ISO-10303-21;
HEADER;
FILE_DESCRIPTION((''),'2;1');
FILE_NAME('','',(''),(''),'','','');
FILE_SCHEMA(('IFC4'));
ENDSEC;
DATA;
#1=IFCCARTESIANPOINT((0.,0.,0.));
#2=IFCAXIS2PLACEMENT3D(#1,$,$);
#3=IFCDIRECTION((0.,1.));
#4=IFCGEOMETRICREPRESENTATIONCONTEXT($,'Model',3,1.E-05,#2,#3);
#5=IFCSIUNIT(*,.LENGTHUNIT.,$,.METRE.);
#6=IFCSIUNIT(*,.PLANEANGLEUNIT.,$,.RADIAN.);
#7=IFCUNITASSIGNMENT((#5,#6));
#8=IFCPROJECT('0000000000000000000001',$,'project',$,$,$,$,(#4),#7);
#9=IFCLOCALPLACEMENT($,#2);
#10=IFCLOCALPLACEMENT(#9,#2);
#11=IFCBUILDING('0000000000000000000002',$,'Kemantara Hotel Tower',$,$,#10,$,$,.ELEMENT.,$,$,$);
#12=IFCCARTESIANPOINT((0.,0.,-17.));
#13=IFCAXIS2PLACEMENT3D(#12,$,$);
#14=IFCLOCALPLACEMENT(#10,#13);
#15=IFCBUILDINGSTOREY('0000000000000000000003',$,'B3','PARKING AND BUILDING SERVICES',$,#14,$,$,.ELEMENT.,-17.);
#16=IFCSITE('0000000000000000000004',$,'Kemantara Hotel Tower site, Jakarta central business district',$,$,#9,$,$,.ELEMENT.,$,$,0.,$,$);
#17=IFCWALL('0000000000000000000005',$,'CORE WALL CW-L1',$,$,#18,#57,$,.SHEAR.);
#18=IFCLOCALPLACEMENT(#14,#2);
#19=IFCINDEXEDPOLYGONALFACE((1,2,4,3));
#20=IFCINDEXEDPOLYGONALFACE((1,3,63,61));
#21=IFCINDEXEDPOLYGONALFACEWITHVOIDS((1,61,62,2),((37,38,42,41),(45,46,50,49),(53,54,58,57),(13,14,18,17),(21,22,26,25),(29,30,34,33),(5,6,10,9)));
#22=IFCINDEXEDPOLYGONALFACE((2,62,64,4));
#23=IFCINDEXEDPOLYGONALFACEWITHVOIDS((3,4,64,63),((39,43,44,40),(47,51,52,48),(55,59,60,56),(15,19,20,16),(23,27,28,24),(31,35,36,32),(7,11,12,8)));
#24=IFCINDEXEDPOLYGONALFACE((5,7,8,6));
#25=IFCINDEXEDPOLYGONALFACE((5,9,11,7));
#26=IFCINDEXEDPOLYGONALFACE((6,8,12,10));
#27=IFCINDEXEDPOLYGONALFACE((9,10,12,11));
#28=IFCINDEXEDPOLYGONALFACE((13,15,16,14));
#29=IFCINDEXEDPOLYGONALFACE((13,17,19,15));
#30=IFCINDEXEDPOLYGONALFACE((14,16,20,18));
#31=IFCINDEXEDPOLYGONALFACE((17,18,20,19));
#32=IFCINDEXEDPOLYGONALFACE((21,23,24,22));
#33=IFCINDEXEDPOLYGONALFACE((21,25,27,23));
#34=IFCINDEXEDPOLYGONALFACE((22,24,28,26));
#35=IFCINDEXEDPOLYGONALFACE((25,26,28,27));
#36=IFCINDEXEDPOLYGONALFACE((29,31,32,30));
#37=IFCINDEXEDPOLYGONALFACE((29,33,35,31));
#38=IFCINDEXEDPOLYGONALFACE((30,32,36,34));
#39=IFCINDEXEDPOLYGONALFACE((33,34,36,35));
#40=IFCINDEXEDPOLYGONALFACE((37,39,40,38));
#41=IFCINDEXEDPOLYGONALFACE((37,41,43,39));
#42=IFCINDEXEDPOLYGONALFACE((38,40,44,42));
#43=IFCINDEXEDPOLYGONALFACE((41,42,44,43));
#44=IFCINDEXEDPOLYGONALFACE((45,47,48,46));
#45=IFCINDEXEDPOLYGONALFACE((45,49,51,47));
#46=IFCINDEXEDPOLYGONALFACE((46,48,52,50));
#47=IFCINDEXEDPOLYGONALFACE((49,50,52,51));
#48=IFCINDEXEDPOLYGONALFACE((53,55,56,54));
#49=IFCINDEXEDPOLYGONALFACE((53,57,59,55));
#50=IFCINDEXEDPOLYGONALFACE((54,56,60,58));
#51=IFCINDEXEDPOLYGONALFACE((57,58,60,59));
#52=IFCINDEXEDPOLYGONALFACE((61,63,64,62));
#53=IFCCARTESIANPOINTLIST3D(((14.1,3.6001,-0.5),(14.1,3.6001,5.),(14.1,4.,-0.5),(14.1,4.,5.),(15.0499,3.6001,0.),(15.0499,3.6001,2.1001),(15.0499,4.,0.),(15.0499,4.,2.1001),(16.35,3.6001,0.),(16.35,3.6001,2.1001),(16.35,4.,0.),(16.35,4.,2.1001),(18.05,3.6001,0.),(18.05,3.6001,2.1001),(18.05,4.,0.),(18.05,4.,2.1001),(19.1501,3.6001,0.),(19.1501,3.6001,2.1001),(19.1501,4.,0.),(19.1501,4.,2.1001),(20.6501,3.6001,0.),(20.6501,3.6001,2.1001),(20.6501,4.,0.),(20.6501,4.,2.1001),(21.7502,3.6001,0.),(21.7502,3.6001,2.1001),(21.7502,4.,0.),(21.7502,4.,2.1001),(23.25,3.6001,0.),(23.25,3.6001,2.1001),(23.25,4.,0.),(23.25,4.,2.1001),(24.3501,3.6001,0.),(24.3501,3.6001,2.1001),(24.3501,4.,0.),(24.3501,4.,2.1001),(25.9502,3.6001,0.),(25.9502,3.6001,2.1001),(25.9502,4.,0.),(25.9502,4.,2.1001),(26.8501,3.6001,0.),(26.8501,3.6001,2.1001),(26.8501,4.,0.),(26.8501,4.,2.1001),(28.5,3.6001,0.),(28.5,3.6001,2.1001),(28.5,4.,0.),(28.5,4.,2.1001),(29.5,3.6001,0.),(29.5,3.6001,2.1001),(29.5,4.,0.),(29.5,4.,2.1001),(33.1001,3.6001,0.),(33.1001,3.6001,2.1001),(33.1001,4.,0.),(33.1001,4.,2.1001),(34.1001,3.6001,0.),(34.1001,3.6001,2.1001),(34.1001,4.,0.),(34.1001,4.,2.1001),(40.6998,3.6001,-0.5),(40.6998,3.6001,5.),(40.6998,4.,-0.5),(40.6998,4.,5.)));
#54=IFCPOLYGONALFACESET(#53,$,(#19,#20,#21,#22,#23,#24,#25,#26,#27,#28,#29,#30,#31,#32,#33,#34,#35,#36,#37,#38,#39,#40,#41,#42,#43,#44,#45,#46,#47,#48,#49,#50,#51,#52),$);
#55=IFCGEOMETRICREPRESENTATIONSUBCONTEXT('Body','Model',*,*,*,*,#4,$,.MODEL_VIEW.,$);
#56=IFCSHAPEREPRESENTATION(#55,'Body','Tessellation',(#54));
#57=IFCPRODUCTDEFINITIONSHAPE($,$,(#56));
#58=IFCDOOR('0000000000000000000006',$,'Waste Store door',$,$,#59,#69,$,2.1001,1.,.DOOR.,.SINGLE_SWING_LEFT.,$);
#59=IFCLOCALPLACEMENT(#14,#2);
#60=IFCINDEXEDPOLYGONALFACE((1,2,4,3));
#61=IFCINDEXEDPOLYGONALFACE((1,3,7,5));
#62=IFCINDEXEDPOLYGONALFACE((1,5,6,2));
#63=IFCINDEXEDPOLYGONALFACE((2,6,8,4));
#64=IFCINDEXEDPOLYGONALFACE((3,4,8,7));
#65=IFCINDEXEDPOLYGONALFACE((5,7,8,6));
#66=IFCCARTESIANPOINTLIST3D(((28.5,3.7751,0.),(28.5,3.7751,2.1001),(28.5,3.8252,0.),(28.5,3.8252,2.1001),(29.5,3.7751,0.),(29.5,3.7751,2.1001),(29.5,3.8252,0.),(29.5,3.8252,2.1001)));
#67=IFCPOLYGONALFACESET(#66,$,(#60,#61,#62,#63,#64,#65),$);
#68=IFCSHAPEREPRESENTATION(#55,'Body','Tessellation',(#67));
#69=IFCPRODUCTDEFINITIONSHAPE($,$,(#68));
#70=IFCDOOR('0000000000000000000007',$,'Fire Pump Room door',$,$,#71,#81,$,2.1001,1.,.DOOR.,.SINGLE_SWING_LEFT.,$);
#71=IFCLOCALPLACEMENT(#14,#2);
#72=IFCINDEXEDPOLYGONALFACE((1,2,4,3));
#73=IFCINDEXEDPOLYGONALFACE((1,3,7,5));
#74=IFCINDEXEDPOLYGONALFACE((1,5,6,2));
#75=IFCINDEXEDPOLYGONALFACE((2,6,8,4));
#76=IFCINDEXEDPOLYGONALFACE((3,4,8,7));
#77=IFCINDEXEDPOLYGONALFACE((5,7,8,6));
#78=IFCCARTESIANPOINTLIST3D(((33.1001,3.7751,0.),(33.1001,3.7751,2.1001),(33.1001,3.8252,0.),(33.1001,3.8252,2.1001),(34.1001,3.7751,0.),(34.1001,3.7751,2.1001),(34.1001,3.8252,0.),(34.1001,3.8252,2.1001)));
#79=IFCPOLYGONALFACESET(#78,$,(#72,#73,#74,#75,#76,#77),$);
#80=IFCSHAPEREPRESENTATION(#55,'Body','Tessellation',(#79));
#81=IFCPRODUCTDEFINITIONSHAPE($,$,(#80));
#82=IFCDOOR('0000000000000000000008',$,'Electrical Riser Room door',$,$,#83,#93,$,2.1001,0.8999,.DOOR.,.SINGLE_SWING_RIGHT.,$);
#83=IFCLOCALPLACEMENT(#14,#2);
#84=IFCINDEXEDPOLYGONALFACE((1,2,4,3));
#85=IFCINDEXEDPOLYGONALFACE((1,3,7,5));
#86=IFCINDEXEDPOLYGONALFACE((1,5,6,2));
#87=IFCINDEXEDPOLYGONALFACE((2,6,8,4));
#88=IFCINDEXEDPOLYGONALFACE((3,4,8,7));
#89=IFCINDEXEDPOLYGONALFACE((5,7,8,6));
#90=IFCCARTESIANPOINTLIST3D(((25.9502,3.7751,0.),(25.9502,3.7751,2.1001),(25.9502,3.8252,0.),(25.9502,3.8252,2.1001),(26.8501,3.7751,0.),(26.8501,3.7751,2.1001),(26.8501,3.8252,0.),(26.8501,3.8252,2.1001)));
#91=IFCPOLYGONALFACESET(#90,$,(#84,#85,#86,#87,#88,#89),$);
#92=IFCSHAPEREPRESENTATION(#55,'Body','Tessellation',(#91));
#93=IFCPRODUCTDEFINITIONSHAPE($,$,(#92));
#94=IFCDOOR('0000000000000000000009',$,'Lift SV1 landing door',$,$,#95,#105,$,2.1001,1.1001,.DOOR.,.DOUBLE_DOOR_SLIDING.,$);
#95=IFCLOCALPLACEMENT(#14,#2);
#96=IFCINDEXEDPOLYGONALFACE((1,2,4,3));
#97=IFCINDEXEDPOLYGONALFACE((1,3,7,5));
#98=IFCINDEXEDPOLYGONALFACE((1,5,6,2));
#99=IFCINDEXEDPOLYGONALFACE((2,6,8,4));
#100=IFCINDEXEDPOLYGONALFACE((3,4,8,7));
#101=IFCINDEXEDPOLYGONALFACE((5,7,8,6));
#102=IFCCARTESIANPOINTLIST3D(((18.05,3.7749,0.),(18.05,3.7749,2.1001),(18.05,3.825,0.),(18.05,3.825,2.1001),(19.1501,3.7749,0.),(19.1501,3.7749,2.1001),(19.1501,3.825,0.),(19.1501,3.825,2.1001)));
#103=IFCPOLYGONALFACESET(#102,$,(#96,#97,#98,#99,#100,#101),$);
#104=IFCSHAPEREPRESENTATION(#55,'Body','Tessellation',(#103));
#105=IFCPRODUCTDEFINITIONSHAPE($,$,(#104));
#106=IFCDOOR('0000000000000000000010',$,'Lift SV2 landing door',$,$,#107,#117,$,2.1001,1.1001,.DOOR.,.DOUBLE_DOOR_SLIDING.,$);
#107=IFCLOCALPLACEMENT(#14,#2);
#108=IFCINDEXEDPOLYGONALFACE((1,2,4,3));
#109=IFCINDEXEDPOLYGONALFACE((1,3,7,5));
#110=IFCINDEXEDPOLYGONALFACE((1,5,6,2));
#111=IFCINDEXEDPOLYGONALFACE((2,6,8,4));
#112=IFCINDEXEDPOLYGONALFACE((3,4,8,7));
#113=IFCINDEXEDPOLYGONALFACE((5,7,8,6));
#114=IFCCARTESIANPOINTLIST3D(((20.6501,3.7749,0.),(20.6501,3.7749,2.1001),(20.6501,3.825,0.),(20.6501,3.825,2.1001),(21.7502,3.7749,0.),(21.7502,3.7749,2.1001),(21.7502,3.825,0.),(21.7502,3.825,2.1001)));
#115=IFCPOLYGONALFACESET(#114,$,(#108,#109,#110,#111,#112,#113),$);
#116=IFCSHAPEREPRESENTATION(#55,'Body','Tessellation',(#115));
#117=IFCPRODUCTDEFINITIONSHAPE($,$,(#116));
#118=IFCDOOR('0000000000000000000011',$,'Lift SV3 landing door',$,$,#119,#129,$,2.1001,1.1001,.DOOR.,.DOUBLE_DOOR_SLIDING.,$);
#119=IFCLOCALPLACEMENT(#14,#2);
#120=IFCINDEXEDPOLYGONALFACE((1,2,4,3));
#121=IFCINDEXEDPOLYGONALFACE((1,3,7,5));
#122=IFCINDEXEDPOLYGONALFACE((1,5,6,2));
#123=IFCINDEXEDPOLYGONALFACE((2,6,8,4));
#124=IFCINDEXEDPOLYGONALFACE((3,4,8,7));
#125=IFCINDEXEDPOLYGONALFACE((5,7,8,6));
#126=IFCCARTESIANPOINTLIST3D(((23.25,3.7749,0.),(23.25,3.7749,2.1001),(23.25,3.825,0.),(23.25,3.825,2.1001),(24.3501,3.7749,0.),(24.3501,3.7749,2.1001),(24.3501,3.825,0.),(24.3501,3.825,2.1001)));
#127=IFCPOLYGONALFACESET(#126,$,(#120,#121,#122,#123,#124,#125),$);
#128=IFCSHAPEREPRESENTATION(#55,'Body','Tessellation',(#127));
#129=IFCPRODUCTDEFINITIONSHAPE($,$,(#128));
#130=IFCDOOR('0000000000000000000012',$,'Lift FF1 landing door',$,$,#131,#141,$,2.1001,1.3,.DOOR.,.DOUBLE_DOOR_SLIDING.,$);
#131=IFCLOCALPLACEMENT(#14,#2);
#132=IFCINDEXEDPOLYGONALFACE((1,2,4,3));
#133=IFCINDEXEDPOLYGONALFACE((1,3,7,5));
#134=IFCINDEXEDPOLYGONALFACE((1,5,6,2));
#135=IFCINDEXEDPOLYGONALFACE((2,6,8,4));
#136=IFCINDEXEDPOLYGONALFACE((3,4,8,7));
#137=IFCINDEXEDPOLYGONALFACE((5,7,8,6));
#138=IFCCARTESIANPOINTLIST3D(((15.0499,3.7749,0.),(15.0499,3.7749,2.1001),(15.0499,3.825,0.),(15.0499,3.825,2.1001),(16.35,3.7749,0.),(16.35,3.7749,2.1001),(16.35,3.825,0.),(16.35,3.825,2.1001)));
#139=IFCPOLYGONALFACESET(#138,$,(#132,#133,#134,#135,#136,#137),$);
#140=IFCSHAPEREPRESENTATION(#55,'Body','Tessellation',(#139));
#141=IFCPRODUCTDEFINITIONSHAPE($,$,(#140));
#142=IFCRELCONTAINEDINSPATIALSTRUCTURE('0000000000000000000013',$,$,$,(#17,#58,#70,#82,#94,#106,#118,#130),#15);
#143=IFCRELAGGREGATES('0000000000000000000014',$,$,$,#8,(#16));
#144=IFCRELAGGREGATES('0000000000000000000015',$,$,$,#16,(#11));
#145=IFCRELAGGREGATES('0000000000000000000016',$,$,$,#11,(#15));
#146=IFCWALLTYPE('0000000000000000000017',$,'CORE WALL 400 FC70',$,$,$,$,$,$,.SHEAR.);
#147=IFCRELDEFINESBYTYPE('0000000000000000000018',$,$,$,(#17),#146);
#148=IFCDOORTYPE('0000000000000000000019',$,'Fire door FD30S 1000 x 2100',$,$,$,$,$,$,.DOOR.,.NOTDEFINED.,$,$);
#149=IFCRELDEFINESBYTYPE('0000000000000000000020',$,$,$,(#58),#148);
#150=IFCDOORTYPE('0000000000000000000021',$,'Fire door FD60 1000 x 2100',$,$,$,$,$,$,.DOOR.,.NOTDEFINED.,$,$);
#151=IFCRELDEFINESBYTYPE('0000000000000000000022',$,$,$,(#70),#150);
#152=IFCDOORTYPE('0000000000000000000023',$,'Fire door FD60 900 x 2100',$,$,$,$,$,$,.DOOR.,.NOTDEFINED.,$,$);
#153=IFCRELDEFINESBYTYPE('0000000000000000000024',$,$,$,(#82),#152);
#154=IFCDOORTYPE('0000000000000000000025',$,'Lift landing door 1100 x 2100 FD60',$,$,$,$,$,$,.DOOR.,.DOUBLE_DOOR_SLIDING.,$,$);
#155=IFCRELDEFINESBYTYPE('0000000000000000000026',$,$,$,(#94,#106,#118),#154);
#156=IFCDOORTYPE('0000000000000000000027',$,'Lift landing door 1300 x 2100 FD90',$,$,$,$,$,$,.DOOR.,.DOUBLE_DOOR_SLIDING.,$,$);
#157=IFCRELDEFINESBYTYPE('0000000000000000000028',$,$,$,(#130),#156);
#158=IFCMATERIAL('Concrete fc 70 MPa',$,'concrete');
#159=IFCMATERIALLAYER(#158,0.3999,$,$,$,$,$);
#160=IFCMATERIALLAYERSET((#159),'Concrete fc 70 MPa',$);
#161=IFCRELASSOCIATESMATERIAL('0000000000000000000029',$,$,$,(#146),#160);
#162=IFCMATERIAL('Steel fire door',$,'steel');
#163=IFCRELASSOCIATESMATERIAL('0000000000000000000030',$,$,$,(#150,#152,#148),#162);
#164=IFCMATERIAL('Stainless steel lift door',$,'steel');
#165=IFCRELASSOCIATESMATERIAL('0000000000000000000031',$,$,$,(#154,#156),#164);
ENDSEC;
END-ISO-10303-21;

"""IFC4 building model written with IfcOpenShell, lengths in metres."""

from ifc_helpers import new_model, si_unit, direction, frame, frame_2d, origin, place, context, subcontext, project, spatial, rectangle, extrude, material, layer, layer_set, type_object, element, fill, save


model = new_model("IFC4")

# Units and contexts
model_context = context("Model", 3, precision=1e-05, world=origin(), true_north=direction((0.0, 1.0)))
body_context = subcontext(model_context, "Body", "Model", "MODEL_VIEW")
ifc_project = project(units=[si_unit("LENGTHUNIT", "METRE"), si_unit("PLANEANGLEUNIT", "RADIAN")], contexts=[model_context])

# Site, building, storey
site_placement = place(None, origin())
site = spatial("IfcSite", under=ifc_project, at=site_placement, Name="Kemantara Hotel Tower site, Jakarta central business district", CompositionType="ELEMENT", RefElevation=0.0)
building_placement = place(site_placement, origin())
building = spatial("IfcBuilding", under=site, at=building_placement, Name="Kemantara Hotel Tower", CompositionType="ELEMENT")
storey_placement = place(building_placement, frame((0.0, 0.0, -17.0)))
storey = spatial("IfcBuildingStorey", under=building, at=storey_placement, Name="B3", Description="PARKING AND BUILDING SERVICES", CompositionType="ELEMENT", Elevation=-17.0)

# Shared definitions
ifc_material_1 = material(Name="Concrete fc 70 MPa", Category="concrete")

# Shared definitions
ifc_layer_1 = layer(ifc_material_1, 0.3999)
ifc_layer_set_1 = layer_set([ifc_layer_1], Name="Concrete fc 70 MPa")
wall_type_1 = type_object("IfcWallType", Name="CORE WALL 400 FC70", PredefinedType="SHEAR", material=ifc_layer_set_1)
ifc_material_2 = material(Name="Steel fire door", Category="steel")

# Wall, openings, doors
door_type_1 = type_object("IfcDoorType", Name="Fire door FD60 1000 x 2100", OperationType="NOTDEFINED", PredefinedType="DOOR", material=ifc_material_2)
door_type_2 = type_object("IfcDoorType", Name="Fire door FD60 900 x 2100", OperationType="NOTDEFINED", PredefinedType="DOOR", material=ifc_material_2)
wall_1_placement = place(storey_placement, frame((14.1001, 3.8, -0.5), z_axis=(0.0, 0.0, 1.0), x_axis=(1.0, 0.0, 0.0)))
wall_1 = element("IfcWall", 1, at=wall_1_placement, inside=storey, type_object=wall_type_1, Name="CORE WALL CW-L1", PredefinedType="SHEAR", context=body_context, shape_type="SweptSolid", body=[
    extrude(rectangle(XDim=26.5999, YDim=0.3999, at=frame_2d((13.2998, 0.0))), origin(), (0.0, 0.0, 1.0), 5.5),
])
opening_1_placement = place(wall_1_placement, frame((0.95, 0.0, 0.5)))
opening_1 = element("IfcOpeningElement", 2, at=opening_1_placement, cuts=wall_1, PredefinedType="OPENING", context=body_context, shape_type="SweptSolid", body=[
    extrude(rectangle(XDim=1.3, YDim=2.1001, at=frame_2d((0.6499, 1.05))), frame((0.0, 0.21, 0.0), z_axis=(0.0, -1.0, 0.0), x_axis=(1.0, 0.0, 0.0)), (0.0, 0.0, 1.0), 0.4199),
])
opening_2_placement = place(wall_1_placement, frame((3.95, 0.0, 0.5)))
opening_2 = element("IfcOpeningElement", 3, at=opening_2_placement, cuts=wall_1, PredefinedType="OPENING", context=body_context, shape_type="SweptSolid", body=[
    extrude(rectangle(XDim=1.1001, YDim=2.1001, at=frame_2d((0.55, 1.05))), frame((0.0, 0.21, 0.0), z_axis=(0.0, -1.0, 0.0), x_axis=(1.0, 0.0, 0.0)), (0.0, 0.0, 1.0), 0.4199),
])
opening_3_placement = place(wall_1_placement, frame((6.55, 0.0, 0.5)))
opening_3 = element("IfcOpeningElement", 4, at=opening_3_placement, cuts=wall_1, PredefinedType="OPENING", context=body_context, shape_type="SweptSolid", body=[
    extrude(rectangle(XDim=1.1001, YDim=2.1001, at=frame_2d((0.55, 1.05))), frame((0.0, 0.21, 0.0), z_axis=(0.0, -1.0, 0.0), x_axis=(1.0, 0.0, 0.0)), (0.0, 0.0, 1.0), 0.4199),
])
opening_4_placement = place(wall_1_placement, frame((9.1499, 0.0, 0.5)))
opening_4 = element("IfcOpeningElement", 5, at=opening_4_placement, cuts=wall_1, PredefinedType="OPENING", context=body_context, shape_type="SweptSolid", body=[
    extrude(rectangle(XDim=1.1001, YDim=2.1001, at=frame_2d((0.55, 1.05))), frame((0.0, 0.21, 0.0), z_axis=(0.0, -1.0, 0.0), x_axis=(1.0, 0.0, 0.0)), (0.0, 0.0, 1.0), 0.4199),
])
opening_5_placement = place(wall_1_placement, frame((11.8501, 0.0, 0.5)))
opening_5 = element("IfcOpeningElement", 6, at=opening_5_placement, cuts=wall_1, PredefinedType="OPENING", context=body_context, shape_type="SweptSolid", body=[
    extrude(rectangle(XDim=0.8999, YDim=2.1001, at=frame_2d((0.45, 1.05))), frame((0.0, 0.21, 0.0), z_axis=(0.0, -1.0, 0.0), x_axis=(1.0, 0.0, 0.0)), (0.0, 0.0, 1.0), 0.4199),
])
opening_6_placement = place(wall_1_placement, frame((14.3999, 0.0, 0.5)))
opening_6 = element("IfcOpeningElement", 7, at=opening_6_placement, cuts=wall_1, PredefinedType="OPENING", context=body_context, shape_type="SweptSolid", body=[
    extrude(rectangle(XDim=1.0, YDim=2.1001, at=frame_2d((0.5, 1.05))), frame((0.0, 0.21, 0.0), z_axis=(0.0, -1.0, 0.0), x_axis=(1.0, 0.0, 0.0)), (0.0, 0.0, 1.0), 0.4199),
])
opening_7_placement = place(wall_1_placement, frame((19.0, 0.0, 0.5)))
opening_7 = element("IfcOpeningElement", 8, at=opening_7_placement, cuts=wall_1, PredefinedType="OPENING", context=body_context, shape_type="SweptSolid", body=[
    extrude(rectangle(XDim=1.0, YDim=2.1001, at=frame_2d((0.5, 1.05))), frame((0.0, 0.21, 0.0), z_axis=(0.0, -1.0, 0.0), x_axis=(1.0, 0.0, 0.0)), (0.0, 0.0, 1.0), 0.4199),
])
door_type_3 = type_object("IfcDoorType", Name="Fire door FD30S 1000 x 2100", OperationType="NOTDEFINED", PredefinedType="DOOR", material=ifc_material_2)
door_1_placement = place(opening_6_placement, frame((1.0, 0.0, 0.0), z_axis=(0.0, 0.0, 1.0), x_axis=(-1.0, 0.0, 0.0)))
door_1 = element("IfcDoor", 9, at=door_1_placement, inside=storey, type_object=door_type_3, Name="Waste Store door", OperationType="SINGLE_SWING_LEFT", OverallHeight=2.1001, OverallWidth=1.0, PredefinedType="DOOR", context=body_context, shape_type="SweptSolid", body=[
    extrude(rectangle(XDim=1.0, YDim=2.1001, at=frame_2d((0.5, 1.05))), frame((0.0, 0.0249, 0.0), z_axis=(0.0, -1.0, 0.0), x_axis=(1.0, 0.0, 0.0)), (0.0, 0.0, 1.0), 0.05),
])
fill(opening_6, door_1)
door_2_placement = place(opening_7_placement, frame((1.0, 0.0, 0.0), z_axis=(0.0, 0.0, 1.0), x_axis=(-1.0, 0.0, 0.0)))
door_2 = element("IfcDoor", 10, at=door_2_placement, inside=storey, type_object=door_type_1, Name="Fire Pump Room door", OperationType="SINGLE_SWING_LEFT", OverallHeight=2.1001, OverallWidth=1.0, PredefinedType="DOOR", context=body_context, shape_type="SweptSolid", body=[
    extrude(rectangle(XDim=1.0, YDim=2.1001, at=frame_2d((0.5, 1.05))), frame((0.0, 0.0249, 0.0), z_axis=(0.0, -1.0, 0.0), x_axis=(1.0, 0.0, 0.0)), (0.0, 0.0, 1.0), 0.05),
])
fill(opening_7, door_2)
door_3_placement = place(opening_5_placement, frame((0.8999, 0.0, 0.0), z_axis=(0.0, 0.0, 1.0), x_axis=(-1.0, 0.0, 0.0)))
door_3 = element("IfcDoor", 11, at=door_3_placement, inside=storey, type_object=door_type_2, Name="Electrical Riser Room door", OperationType="SINGLE_SWING_RIGHT", OverallHeight=2.1001, OverallWidth=0.8999, PredefinedType="DOOR", context=body_context, shape_type="SweptSolid", body=[
    extrude(rectangle(XDim=0.8999, YDim=2.1001, at=frame_2d((0.45, 1.05))), frame((0.0, 0.0249, 0.0), z_axis=(0.0, -1.0, 0.0), x_axis=(1.0, 0.0, 0.0)), (0.0, 0.0, 1.0), 0.05),
])
fill(opening_5, door_3)
ifc_material_3 = material(Name="Stainless steel lift door", Category="steel")
door_type_4 = type_object("IfcDoorType", Name="Lift landing door 1100 x 2100 FD60", OperationType="DOUBLE_DOOR_SLIDING", PredefinedType="DOOR", material=ifc_material_3)
door_4_placement = place(opening_2_placement, origin())
door_4 = element("IfcDoor", 12, at=door_4_placement, inside=storey, type_object=door_type_4, Name="Lift SV1 landing door", OperationType="DOUBLE_DOOR_SLIDING", OverallHeight=2.1001, OverallWidth=1.1001, PredefinedType="DOOR", context=body_context, shape_type="SweptSolid", body=[
    extrude(rectangle(XDim=1.1001, YDim=2.1001, at=frame_2d((0.55, 1.05))), frame((0.0, 0.0249, 0.0), z_axis=(0.0, -1.0, 0.0), x_axis=(1.0, 0.0, 0.0)), (0.0, 0.0, 1.0), 0.05),
])
fill(opening_2, door_4)
door_5_placement = place(opening_3_placement, origin())
door_5 = element("IfcDoor", 13, at=door_5_placement, inside=storey, type_object=door_type_4, Name="Lift SV2 landing door", OperationType="DOUBLE_DOOR_SLIDING", OverallHeight=2.1001, OverallWidth=1.1001, PredefinedType="DOOR", context=body_context, shape_type="SweptSolid", body=[
    extrude(rectangle(XDim=1.1001, YDim=2.1001, at=frame_2d((0.55, 1.05))), frame((0.0, 0.0249, 0.0), z_axis=(0.0, -1.0, 0.0), x_axis=(1.0, 0.0, 0.0)), (0.0, 0.0, 1.0), 0.05),
])
fill(opening_3, door_5)
door_6_placement = place(opening_4_placement, origin())
door_6 = element("IfcDoor", 14, at=door_6_placement, inside=storey, type_object=door_type_4, Name="Lift SV3 landing door", OperationType="DOUBLE_DOOR_SLIDING", OverallHeight=2.1001, OverallWidth=1.1001, PredefinedType="DOOR", context=body_context, shape_type="SweptSolid", body=[
    extrude(rectangle(XDim=1.1001, YDim=2.1001, at=frame_2d((0.55, 1.05))), frame((0.0, 0.0249, 0.0), z_axis=(0.0, -1.0, 0.0), x_axis=(1.0, 0.0, 0.0)), (0.0, 0.0, 1.0), 0.05),
])
fill(opening_4, door_6)
door_type_5 = type_object("IfcDoorType", Name="Lift landing door 1300 x 2100 FD90", OperationType="DOUBLE_DOOR_SLIDING", PredefinedType="DOOR", material=ifc_material_3)
door_7_placement = place(opening_1_placement, origin())
door_7 = element("IfcDoor", 15, at=door_7_placement, inside=storey, type_object=door_type_5, Name="Lift FF1 landing door", OperationType="DOUBLE_DOOR_SLIDING", OverallHeight=2.1001, OverallWidth=1.3, PredefinedType="DOOR", context=body_context, shape_type="SweptSolid", body=[
    extrude(rectangle(XDim=1.3, YDim=2.1001, at=frame_2d((0.6499, 1.05))), frame((0.0, 0.0249, 0.0), z_axis=(0.0, -1.0, 0.0), x_axis=(1.0, 0.0, 0.0)), (0.0, 0.0, 1.0), 0.05),
])
fill(opening_1, door_7)

save(model, "model.ifc")
